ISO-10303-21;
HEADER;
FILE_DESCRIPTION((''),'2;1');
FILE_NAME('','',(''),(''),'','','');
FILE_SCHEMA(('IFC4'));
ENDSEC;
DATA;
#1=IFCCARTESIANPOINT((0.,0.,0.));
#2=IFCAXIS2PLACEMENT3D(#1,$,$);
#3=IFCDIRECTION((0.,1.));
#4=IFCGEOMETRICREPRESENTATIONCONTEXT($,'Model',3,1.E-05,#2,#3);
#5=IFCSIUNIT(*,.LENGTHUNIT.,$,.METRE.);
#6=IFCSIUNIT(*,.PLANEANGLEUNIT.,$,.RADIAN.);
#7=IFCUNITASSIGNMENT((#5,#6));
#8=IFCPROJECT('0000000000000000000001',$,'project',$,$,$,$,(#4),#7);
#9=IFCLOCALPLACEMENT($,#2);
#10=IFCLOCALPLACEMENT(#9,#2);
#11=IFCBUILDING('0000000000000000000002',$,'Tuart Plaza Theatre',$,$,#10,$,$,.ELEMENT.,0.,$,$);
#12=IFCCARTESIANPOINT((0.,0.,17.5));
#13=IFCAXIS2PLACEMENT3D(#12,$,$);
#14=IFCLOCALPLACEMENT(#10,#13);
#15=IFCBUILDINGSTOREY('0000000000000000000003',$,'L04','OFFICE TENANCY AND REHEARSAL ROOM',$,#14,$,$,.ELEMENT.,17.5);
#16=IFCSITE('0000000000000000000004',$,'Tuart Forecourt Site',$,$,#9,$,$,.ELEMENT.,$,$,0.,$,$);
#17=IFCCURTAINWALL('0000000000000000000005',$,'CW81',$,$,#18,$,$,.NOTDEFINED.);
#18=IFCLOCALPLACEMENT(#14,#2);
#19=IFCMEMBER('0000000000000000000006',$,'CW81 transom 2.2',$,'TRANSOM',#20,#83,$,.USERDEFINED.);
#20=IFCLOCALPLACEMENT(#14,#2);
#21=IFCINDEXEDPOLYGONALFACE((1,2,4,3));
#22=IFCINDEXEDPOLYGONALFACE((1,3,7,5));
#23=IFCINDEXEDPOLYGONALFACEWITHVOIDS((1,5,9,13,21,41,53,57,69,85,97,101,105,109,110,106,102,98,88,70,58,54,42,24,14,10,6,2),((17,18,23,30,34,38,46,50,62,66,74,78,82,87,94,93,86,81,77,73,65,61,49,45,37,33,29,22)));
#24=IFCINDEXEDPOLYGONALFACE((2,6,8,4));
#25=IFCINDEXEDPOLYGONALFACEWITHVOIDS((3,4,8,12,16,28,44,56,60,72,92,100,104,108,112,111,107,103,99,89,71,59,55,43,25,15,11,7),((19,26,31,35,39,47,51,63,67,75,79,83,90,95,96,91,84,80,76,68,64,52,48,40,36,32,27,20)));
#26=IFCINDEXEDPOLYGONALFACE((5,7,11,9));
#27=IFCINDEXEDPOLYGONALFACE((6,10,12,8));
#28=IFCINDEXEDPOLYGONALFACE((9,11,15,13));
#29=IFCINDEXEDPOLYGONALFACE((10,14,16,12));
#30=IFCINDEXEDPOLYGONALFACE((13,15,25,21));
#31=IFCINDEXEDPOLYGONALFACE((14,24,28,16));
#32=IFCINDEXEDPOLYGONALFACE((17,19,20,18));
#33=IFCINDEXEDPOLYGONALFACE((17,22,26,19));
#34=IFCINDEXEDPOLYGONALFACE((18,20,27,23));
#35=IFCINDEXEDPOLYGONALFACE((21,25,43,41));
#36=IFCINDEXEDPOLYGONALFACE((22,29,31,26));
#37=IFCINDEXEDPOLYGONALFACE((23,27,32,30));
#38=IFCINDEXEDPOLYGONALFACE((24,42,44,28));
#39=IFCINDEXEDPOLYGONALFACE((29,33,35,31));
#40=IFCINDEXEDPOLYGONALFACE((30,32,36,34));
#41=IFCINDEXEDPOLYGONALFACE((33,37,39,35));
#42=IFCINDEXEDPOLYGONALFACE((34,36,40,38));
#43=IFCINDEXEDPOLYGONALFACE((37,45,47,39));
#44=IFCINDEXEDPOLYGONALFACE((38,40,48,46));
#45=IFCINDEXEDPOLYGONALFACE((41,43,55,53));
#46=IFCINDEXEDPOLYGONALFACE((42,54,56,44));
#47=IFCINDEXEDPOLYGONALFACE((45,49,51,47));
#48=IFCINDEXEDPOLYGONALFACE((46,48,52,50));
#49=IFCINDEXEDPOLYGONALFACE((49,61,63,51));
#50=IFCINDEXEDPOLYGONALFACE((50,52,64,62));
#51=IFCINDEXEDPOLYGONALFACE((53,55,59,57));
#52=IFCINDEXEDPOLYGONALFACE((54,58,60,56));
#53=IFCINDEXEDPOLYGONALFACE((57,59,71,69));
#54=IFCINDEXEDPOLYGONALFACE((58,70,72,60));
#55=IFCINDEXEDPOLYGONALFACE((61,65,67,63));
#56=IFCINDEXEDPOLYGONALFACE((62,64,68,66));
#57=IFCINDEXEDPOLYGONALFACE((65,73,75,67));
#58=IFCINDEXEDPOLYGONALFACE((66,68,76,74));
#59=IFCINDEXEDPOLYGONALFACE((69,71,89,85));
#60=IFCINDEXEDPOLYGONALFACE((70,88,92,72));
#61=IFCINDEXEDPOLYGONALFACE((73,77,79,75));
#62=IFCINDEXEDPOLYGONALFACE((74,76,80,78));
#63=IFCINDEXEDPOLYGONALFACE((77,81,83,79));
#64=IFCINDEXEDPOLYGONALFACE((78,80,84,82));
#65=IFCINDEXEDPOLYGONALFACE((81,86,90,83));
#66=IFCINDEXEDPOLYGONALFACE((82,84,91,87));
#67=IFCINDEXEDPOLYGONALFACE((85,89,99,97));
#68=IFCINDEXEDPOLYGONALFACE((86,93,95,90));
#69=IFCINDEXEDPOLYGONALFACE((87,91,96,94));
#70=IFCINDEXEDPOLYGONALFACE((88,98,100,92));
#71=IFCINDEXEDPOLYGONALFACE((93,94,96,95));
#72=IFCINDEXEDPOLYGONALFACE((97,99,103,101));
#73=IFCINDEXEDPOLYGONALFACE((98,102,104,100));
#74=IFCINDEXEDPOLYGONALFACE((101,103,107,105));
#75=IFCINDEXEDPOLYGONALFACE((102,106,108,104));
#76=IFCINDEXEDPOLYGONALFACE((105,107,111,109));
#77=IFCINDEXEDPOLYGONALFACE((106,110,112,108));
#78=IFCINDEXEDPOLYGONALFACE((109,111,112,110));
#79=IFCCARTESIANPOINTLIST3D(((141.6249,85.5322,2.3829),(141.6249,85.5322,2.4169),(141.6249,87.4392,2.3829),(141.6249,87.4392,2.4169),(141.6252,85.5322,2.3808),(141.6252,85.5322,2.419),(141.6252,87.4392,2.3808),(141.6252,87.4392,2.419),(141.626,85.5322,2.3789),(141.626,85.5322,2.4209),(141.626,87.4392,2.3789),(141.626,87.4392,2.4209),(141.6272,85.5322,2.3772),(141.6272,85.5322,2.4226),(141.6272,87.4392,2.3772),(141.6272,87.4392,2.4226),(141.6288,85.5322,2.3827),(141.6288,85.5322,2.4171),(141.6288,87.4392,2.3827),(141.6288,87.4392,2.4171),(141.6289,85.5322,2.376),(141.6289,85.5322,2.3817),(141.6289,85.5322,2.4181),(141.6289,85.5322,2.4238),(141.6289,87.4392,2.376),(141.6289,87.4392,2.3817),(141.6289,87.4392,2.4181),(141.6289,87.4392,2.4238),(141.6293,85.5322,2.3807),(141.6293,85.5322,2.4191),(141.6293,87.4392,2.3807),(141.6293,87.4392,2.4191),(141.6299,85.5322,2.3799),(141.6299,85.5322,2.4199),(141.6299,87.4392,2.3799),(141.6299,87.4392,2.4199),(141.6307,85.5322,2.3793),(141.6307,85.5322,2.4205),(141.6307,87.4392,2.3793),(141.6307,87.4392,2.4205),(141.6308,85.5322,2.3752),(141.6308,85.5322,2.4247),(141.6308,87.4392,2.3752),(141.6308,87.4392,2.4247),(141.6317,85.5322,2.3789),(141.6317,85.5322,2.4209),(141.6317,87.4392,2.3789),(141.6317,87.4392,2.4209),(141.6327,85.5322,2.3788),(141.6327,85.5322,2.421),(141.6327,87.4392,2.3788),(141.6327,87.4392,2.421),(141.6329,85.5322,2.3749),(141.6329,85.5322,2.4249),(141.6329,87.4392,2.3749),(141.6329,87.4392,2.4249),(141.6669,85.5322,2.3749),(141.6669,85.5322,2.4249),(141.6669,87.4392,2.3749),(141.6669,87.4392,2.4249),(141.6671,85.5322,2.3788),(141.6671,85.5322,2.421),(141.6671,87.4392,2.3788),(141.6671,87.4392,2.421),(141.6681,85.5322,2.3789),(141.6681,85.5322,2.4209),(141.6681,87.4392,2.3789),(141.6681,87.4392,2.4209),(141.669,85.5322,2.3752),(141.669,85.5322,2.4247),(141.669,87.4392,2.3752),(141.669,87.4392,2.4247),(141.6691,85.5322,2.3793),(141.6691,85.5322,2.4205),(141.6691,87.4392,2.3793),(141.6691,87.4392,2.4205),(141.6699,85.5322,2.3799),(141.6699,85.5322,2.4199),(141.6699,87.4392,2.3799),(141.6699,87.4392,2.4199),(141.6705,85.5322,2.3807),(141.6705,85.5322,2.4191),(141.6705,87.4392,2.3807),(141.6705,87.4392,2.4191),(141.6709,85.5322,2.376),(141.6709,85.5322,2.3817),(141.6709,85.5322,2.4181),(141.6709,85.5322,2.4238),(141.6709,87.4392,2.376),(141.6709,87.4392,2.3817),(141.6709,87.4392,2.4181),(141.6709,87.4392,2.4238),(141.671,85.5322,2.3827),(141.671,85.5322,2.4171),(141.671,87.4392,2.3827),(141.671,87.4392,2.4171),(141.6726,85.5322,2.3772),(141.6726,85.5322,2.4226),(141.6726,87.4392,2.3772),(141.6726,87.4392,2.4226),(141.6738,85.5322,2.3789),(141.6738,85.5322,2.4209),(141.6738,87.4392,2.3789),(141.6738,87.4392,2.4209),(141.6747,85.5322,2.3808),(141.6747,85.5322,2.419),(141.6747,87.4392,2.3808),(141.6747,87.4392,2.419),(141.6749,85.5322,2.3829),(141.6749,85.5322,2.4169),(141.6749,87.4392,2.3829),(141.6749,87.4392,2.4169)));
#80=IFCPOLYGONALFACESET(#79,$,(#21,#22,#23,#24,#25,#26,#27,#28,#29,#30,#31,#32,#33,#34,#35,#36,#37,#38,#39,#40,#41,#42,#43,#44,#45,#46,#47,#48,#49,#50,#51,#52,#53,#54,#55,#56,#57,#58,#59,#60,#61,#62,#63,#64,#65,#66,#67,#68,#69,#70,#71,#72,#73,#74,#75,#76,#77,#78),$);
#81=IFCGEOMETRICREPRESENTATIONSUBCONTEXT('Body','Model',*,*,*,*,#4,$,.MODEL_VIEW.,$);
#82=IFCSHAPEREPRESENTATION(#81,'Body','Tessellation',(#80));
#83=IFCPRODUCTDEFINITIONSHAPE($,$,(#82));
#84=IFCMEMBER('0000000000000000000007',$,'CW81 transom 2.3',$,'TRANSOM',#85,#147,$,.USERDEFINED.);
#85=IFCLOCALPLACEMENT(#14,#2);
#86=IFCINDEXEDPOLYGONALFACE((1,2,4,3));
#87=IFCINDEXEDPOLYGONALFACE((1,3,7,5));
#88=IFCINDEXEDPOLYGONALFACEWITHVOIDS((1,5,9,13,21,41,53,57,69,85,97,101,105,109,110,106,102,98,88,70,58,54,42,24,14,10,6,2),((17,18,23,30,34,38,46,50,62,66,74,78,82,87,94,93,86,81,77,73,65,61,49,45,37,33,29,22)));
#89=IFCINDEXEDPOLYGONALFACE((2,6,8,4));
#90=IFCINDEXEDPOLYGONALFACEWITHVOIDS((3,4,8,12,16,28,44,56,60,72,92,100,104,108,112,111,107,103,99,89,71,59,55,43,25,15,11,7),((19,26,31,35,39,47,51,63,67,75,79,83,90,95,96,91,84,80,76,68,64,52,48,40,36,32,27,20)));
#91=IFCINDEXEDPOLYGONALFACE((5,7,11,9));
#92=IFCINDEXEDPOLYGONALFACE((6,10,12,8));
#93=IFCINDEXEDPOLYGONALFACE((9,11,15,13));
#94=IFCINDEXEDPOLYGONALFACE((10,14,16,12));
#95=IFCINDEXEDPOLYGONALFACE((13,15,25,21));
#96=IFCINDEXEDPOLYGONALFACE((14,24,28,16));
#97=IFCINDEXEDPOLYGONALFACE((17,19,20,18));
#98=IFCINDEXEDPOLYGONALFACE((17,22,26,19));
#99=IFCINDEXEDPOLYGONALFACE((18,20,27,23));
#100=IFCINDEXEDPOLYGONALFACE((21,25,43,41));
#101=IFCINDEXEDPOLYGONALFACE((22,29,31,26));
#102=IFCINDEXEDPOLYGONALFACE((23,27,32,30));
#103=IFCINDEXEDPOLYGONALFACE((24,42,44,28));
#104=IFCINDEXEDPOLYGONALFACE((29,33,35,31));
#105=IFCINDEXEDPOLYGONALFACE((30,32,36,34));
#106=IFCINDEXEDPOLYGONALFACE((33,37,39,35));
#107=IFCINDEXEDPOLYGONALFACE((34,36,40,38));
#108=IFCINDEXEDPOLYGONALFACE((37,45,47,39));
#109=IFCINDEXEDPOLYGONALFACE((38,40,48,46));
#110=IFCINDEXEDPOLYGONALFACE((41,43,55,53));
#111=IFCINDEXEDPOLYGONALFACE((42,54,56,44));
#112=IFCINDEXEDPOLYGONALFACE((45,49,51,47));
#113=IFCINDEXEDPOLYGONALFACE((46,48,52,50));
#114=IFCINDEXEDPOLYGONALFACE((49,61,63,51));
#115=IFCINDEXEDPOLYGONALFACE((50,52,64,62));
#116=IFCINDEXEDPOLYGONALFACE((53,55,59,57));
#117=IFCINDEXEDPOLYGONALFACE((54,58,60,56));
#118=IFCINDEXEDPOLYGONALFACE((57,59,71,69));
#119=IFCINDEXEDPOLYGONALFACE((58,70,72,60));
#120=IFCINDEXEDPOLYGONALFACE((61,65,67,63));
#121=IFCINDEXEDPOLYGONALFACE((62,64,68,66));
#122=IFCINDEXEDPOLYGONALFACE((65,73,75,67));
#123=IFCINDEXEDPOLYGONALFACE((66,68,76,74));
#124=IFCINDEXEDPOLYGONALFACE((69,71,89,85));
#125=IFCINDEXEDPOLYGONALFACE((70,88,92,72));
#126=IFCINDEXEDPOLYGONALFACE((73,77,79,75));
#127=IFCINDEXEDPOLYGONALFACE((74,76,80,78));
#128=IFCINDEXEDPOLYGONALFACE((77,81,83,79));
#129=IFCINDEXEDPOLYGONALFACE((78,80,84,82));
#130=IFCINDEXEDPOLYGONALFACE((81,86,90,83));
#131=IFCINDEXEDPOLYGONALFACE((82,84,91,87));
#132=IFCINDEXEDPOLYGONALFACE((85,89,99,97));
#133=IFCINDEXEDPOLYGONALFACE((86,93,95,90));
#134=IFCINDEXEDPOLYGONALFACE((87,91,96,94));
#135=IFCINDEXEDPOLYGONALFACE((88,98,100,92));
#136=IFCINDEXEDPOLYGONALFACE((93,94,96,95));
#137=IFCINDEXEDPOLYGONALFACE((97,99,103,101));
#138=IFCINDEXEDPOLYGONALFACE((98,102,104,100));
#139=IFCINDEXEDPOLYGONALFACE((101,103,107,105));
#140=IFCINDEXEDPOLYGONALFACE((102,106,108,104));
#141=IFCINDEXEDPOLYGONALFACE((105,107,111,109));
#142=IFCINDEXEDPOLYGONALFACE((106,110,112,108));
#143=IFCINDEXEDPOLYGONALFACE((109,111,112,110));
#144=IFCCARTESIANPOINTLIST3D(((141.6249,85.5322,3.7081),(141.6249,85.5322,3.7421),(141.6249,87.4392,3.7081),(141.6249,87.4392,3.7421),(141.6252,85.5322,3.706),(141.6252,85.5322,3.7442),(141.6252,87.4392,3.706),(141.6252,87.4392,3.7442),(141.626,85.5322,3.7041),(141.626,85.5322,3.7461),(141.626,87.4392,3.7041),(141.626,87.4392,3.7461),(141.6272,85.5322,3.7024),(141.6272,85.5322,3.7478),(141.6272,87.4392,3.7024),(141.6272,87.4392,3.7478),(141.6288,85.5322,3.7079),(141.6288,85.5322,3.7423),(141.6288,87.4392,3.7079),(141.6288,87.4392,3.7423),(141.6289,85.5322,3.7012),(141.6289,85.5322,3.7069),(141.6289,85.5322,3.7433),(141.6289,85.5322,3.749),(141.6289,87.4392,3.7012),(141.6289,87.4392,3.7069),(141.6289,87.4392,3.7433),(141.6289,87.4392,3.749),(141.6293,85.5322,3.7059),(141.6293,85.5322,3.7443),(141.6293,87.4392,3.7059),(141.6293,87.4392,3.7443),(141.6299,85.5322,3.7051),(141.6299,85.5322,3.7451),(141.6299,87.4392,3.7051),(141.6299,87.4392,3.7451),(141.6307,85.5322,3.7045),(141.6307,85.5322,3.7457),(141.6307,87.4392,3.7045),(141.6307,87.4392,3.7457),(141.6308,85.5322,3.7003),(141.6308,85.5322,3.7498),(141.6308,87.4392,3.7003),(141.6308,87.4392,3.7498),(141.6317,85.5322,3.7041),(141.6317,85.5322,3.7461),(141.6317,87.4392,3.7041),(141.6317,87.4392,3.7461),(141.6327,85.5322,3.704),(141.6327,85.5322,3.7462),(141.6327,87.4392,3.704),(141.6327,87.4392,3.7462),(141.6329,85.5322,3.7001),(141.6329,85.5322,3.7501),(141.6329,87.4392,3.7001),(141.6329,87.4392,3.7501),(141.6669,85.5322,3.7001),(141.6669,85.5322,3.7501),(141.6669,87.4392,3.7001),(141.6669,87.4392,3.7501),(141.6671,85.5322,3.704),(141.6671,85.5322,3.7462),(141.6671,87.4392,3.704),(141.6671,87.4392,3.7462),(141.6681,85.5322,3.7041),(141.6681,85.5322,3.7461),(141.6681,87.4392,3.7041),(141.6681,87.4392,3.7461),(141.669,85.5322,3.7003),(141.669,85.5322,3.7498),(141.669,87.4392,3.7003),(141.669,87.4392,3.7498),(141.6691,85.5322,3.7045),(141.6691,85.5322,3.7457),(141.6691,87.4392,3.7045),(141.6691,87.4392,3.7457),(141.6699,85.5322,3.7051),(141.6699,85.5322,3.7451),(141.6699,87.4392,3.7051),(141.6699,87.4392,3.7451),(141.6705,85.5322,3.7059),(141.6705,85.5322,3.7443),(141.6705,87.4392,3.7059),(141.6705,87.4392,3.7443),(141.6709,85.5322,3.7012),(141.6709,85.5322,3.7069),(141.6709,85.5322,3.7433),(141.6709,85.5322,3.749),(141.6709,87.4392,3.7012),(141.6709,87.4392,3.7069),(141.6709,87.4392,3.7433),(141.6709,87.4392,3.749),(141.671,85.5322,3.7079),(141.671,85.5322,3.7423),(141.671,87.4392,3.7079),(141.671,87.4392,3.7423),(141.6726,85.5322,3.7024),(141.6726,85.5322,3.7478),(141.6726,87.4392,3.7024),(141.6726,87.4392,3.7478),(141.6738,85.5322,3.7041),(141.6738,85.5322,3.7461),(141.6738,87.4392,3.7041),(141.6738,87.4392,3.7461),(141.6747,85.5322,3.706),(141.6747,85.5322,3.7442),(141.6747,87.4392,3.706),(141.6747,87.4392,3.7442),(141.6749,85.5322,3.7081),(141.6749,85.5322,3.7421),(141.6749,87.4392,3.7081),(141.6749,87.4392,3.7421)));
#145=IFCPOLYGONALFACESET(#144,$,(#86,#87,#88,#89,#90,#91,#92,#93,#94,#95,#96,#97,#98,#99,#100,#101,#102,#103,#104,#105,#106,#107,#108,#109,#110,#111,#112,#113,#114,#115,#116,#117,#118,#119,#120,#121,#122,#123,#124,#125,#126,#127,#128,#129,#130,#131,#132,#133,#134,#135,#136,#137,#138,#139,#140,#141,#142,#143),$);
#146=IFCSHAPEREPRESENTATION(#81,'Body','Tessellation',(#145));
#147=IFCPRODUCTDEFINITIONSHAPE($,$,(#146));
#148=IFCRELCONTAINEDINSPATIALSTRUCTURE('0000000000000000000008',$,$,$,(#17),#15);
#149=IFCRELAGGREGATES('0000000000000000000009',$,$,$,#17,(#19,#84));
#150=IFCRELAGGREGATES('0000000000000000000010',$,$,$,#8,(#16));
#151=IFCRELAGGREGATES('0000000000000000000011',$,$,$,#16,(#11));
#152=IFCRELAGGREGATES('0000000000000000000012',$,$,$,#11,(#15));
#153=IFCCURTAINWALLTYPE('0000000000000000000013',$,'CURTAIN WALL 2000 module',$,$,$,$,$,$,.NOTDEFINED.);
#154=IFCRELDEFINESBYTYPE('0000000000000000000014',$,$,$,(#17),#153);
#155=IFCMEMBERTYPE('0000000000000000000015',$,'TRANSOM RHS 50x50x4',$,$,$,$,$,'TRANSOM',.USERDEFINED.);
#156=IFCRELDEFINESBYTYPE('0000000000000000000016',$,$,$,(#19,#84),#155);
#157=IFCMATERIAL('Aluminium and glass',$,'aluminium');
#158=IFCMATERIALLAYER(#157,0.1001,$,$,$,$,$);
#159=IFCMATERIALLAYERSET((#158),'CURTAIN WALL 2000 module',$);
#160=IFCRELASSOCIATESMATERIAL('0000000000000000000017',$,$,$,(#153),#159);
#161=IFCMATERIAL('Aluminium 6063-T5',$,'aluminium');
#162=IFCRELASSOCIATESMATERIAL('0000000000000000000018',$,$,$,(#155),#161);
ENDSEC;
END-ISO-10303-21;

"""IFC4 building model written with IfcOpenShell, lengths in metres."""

from ifc_helpers import new_model, si_unit, direction, frame, origin, origin_2d, place, context, subcontext, project, spatial, hollow_rectangle, extrude, material, layer, layer_set, material_profile, profile_set, type_object, element, aggregate, save


model = new_model("IFC4")

# Units and contexts
model_context = context("Model", 3, precision=1e-05, world=origin(), true_north=direction((0.0, 1.0)))
body_context = subcontext(model_context, "Body", "Model", "MODEL_VIEW")
ifc_project = project(units=[si_unit("LENGTHUNIT", "METRE"), si_unit("PLANEANGLEUNIT", "RADIAN")], contexts=[model_context])

# Site, building, storey
site_placement = place(None, origin())
site = spatial("IfcSite", under=ifc_project, at=site_placement, Name="Tuart Forecourt Site", CompositionType="ELEMENT", RefElevation=0.0)
building_placement = place(site_placement, origin())
building = spatial("IfcBuilding", under=site, at=building_placement, Name="Tuart Plaza Theatre", CompositionType="ELEMENT", ElevationOfRefHeight=0.0)
storey_placement = place(building_placement, frame((0.0, 0.0, 17.5)))
storey = spatial("IfcBuildingStorey", under=building, at=storey_placement, Name="L04", Description="OFFICE TENANCY AND REHEARSAL ROOM", CompositionType="ELEMENT", Elevation=17.5)

# Curtain wall
ifc_material_1 = material(Name="Aluminium and glass", Category="aluminium")
ifc_layer_1 = layer(ifc_material_1, 0.1001)
ifc_layer_set_1 = layer_set([ifc_layer_1], Name="CURTAIN WALL 2000 module")
curtain_wall_type = type_object("IfcCurtainWallType", Name="CURTAIN WALL 2000 module", PredefinedType="NOTDEFINED", material=ifc_layer_set_1)
curtain_wall_1_placement = place(storey_placement, origin())
curtain_wall_1 = element("IfcCurtainWall", 1, at=curtain_wall_1_placement, inside=storey, type_object=curtain_wall_type, Name="CW81", PredefinedType="NOTDEFINED")

# Members
ifc_material_2 = material(Name="Aluminium 6063-T5", Category="aluminium")
ifc_material_profile_1 = material_profile(ifc_material_2, hollow_rectangle(XDim=0.05, YDim=0.05, WallThickness=0.0039, InnerFilletRadius=0.0039, OuterFilletRadius=0.0081, at=origin_2d()), Name="RHS 50x50x4")
ifc_profile_set_1 = profile_set([ifc_material_profile_1], Name="Aluminium 6063-T5")
member_type_1 = type_object("IfcMemberType", Name="TRANSOM RHS 50x50x4", ElementType="TRANSOM", PredefinedType="USERDEFINED", material=ifc_profile_set_1)
member_1_placement = place(storey_placement, frame((141.6499, 85.5322, 2.3999), z_axis=(0.0, 1.0, 0.0), x_axis=(-1.0, 0.0, 0.0)))
member_1 = element("IfcMember", 2, at=member_1_placement, type_object=member_type_1, Name="CW81 transom 2.2", ObjectType="TRANSOM", PredefinedType="USERDEFINED", context=body_context, shape_type="SweptSolid", body=[
    extrude(hollow_rectangle(XDim=0.05, YDim=0.05, WallThickness=0.0039, InnerFilletRadius=0.0039, OuterFilletRadius=0.0081, at=origin_2d()), origin(), (0.0, 0.0, 1.0), 1.907),
])
member_2_placement = place(storey_placement, frame((141.6499, 85.5322, 3.7251), z_axis=(0.0, 1.0, 0.0), x_axis=(-1.0, 0.0, 0.0)))
member_2 = element("IfcMember", 3, at=member_2_placement, type_object=member_type_1, Name="CW81 transom 2.3", ObjectType="TRANSOM", PredefinedType="USERDEFINED", context=body_context, shape_type="SweptSolid", body=[
    extrude(hollow_rectangle(XDim=0.05, YDim=0.05, WallThickness=0.0039, InnerFilletRadius=0.0039, OuterFilletRadius=0.0081, at=origin_2d()), origin(), (0.0, 0.0, 1.0), 1.907),
])
aggregate(curtain_wall_1, [member_1, member_2])

save(model, "model.ifc")
